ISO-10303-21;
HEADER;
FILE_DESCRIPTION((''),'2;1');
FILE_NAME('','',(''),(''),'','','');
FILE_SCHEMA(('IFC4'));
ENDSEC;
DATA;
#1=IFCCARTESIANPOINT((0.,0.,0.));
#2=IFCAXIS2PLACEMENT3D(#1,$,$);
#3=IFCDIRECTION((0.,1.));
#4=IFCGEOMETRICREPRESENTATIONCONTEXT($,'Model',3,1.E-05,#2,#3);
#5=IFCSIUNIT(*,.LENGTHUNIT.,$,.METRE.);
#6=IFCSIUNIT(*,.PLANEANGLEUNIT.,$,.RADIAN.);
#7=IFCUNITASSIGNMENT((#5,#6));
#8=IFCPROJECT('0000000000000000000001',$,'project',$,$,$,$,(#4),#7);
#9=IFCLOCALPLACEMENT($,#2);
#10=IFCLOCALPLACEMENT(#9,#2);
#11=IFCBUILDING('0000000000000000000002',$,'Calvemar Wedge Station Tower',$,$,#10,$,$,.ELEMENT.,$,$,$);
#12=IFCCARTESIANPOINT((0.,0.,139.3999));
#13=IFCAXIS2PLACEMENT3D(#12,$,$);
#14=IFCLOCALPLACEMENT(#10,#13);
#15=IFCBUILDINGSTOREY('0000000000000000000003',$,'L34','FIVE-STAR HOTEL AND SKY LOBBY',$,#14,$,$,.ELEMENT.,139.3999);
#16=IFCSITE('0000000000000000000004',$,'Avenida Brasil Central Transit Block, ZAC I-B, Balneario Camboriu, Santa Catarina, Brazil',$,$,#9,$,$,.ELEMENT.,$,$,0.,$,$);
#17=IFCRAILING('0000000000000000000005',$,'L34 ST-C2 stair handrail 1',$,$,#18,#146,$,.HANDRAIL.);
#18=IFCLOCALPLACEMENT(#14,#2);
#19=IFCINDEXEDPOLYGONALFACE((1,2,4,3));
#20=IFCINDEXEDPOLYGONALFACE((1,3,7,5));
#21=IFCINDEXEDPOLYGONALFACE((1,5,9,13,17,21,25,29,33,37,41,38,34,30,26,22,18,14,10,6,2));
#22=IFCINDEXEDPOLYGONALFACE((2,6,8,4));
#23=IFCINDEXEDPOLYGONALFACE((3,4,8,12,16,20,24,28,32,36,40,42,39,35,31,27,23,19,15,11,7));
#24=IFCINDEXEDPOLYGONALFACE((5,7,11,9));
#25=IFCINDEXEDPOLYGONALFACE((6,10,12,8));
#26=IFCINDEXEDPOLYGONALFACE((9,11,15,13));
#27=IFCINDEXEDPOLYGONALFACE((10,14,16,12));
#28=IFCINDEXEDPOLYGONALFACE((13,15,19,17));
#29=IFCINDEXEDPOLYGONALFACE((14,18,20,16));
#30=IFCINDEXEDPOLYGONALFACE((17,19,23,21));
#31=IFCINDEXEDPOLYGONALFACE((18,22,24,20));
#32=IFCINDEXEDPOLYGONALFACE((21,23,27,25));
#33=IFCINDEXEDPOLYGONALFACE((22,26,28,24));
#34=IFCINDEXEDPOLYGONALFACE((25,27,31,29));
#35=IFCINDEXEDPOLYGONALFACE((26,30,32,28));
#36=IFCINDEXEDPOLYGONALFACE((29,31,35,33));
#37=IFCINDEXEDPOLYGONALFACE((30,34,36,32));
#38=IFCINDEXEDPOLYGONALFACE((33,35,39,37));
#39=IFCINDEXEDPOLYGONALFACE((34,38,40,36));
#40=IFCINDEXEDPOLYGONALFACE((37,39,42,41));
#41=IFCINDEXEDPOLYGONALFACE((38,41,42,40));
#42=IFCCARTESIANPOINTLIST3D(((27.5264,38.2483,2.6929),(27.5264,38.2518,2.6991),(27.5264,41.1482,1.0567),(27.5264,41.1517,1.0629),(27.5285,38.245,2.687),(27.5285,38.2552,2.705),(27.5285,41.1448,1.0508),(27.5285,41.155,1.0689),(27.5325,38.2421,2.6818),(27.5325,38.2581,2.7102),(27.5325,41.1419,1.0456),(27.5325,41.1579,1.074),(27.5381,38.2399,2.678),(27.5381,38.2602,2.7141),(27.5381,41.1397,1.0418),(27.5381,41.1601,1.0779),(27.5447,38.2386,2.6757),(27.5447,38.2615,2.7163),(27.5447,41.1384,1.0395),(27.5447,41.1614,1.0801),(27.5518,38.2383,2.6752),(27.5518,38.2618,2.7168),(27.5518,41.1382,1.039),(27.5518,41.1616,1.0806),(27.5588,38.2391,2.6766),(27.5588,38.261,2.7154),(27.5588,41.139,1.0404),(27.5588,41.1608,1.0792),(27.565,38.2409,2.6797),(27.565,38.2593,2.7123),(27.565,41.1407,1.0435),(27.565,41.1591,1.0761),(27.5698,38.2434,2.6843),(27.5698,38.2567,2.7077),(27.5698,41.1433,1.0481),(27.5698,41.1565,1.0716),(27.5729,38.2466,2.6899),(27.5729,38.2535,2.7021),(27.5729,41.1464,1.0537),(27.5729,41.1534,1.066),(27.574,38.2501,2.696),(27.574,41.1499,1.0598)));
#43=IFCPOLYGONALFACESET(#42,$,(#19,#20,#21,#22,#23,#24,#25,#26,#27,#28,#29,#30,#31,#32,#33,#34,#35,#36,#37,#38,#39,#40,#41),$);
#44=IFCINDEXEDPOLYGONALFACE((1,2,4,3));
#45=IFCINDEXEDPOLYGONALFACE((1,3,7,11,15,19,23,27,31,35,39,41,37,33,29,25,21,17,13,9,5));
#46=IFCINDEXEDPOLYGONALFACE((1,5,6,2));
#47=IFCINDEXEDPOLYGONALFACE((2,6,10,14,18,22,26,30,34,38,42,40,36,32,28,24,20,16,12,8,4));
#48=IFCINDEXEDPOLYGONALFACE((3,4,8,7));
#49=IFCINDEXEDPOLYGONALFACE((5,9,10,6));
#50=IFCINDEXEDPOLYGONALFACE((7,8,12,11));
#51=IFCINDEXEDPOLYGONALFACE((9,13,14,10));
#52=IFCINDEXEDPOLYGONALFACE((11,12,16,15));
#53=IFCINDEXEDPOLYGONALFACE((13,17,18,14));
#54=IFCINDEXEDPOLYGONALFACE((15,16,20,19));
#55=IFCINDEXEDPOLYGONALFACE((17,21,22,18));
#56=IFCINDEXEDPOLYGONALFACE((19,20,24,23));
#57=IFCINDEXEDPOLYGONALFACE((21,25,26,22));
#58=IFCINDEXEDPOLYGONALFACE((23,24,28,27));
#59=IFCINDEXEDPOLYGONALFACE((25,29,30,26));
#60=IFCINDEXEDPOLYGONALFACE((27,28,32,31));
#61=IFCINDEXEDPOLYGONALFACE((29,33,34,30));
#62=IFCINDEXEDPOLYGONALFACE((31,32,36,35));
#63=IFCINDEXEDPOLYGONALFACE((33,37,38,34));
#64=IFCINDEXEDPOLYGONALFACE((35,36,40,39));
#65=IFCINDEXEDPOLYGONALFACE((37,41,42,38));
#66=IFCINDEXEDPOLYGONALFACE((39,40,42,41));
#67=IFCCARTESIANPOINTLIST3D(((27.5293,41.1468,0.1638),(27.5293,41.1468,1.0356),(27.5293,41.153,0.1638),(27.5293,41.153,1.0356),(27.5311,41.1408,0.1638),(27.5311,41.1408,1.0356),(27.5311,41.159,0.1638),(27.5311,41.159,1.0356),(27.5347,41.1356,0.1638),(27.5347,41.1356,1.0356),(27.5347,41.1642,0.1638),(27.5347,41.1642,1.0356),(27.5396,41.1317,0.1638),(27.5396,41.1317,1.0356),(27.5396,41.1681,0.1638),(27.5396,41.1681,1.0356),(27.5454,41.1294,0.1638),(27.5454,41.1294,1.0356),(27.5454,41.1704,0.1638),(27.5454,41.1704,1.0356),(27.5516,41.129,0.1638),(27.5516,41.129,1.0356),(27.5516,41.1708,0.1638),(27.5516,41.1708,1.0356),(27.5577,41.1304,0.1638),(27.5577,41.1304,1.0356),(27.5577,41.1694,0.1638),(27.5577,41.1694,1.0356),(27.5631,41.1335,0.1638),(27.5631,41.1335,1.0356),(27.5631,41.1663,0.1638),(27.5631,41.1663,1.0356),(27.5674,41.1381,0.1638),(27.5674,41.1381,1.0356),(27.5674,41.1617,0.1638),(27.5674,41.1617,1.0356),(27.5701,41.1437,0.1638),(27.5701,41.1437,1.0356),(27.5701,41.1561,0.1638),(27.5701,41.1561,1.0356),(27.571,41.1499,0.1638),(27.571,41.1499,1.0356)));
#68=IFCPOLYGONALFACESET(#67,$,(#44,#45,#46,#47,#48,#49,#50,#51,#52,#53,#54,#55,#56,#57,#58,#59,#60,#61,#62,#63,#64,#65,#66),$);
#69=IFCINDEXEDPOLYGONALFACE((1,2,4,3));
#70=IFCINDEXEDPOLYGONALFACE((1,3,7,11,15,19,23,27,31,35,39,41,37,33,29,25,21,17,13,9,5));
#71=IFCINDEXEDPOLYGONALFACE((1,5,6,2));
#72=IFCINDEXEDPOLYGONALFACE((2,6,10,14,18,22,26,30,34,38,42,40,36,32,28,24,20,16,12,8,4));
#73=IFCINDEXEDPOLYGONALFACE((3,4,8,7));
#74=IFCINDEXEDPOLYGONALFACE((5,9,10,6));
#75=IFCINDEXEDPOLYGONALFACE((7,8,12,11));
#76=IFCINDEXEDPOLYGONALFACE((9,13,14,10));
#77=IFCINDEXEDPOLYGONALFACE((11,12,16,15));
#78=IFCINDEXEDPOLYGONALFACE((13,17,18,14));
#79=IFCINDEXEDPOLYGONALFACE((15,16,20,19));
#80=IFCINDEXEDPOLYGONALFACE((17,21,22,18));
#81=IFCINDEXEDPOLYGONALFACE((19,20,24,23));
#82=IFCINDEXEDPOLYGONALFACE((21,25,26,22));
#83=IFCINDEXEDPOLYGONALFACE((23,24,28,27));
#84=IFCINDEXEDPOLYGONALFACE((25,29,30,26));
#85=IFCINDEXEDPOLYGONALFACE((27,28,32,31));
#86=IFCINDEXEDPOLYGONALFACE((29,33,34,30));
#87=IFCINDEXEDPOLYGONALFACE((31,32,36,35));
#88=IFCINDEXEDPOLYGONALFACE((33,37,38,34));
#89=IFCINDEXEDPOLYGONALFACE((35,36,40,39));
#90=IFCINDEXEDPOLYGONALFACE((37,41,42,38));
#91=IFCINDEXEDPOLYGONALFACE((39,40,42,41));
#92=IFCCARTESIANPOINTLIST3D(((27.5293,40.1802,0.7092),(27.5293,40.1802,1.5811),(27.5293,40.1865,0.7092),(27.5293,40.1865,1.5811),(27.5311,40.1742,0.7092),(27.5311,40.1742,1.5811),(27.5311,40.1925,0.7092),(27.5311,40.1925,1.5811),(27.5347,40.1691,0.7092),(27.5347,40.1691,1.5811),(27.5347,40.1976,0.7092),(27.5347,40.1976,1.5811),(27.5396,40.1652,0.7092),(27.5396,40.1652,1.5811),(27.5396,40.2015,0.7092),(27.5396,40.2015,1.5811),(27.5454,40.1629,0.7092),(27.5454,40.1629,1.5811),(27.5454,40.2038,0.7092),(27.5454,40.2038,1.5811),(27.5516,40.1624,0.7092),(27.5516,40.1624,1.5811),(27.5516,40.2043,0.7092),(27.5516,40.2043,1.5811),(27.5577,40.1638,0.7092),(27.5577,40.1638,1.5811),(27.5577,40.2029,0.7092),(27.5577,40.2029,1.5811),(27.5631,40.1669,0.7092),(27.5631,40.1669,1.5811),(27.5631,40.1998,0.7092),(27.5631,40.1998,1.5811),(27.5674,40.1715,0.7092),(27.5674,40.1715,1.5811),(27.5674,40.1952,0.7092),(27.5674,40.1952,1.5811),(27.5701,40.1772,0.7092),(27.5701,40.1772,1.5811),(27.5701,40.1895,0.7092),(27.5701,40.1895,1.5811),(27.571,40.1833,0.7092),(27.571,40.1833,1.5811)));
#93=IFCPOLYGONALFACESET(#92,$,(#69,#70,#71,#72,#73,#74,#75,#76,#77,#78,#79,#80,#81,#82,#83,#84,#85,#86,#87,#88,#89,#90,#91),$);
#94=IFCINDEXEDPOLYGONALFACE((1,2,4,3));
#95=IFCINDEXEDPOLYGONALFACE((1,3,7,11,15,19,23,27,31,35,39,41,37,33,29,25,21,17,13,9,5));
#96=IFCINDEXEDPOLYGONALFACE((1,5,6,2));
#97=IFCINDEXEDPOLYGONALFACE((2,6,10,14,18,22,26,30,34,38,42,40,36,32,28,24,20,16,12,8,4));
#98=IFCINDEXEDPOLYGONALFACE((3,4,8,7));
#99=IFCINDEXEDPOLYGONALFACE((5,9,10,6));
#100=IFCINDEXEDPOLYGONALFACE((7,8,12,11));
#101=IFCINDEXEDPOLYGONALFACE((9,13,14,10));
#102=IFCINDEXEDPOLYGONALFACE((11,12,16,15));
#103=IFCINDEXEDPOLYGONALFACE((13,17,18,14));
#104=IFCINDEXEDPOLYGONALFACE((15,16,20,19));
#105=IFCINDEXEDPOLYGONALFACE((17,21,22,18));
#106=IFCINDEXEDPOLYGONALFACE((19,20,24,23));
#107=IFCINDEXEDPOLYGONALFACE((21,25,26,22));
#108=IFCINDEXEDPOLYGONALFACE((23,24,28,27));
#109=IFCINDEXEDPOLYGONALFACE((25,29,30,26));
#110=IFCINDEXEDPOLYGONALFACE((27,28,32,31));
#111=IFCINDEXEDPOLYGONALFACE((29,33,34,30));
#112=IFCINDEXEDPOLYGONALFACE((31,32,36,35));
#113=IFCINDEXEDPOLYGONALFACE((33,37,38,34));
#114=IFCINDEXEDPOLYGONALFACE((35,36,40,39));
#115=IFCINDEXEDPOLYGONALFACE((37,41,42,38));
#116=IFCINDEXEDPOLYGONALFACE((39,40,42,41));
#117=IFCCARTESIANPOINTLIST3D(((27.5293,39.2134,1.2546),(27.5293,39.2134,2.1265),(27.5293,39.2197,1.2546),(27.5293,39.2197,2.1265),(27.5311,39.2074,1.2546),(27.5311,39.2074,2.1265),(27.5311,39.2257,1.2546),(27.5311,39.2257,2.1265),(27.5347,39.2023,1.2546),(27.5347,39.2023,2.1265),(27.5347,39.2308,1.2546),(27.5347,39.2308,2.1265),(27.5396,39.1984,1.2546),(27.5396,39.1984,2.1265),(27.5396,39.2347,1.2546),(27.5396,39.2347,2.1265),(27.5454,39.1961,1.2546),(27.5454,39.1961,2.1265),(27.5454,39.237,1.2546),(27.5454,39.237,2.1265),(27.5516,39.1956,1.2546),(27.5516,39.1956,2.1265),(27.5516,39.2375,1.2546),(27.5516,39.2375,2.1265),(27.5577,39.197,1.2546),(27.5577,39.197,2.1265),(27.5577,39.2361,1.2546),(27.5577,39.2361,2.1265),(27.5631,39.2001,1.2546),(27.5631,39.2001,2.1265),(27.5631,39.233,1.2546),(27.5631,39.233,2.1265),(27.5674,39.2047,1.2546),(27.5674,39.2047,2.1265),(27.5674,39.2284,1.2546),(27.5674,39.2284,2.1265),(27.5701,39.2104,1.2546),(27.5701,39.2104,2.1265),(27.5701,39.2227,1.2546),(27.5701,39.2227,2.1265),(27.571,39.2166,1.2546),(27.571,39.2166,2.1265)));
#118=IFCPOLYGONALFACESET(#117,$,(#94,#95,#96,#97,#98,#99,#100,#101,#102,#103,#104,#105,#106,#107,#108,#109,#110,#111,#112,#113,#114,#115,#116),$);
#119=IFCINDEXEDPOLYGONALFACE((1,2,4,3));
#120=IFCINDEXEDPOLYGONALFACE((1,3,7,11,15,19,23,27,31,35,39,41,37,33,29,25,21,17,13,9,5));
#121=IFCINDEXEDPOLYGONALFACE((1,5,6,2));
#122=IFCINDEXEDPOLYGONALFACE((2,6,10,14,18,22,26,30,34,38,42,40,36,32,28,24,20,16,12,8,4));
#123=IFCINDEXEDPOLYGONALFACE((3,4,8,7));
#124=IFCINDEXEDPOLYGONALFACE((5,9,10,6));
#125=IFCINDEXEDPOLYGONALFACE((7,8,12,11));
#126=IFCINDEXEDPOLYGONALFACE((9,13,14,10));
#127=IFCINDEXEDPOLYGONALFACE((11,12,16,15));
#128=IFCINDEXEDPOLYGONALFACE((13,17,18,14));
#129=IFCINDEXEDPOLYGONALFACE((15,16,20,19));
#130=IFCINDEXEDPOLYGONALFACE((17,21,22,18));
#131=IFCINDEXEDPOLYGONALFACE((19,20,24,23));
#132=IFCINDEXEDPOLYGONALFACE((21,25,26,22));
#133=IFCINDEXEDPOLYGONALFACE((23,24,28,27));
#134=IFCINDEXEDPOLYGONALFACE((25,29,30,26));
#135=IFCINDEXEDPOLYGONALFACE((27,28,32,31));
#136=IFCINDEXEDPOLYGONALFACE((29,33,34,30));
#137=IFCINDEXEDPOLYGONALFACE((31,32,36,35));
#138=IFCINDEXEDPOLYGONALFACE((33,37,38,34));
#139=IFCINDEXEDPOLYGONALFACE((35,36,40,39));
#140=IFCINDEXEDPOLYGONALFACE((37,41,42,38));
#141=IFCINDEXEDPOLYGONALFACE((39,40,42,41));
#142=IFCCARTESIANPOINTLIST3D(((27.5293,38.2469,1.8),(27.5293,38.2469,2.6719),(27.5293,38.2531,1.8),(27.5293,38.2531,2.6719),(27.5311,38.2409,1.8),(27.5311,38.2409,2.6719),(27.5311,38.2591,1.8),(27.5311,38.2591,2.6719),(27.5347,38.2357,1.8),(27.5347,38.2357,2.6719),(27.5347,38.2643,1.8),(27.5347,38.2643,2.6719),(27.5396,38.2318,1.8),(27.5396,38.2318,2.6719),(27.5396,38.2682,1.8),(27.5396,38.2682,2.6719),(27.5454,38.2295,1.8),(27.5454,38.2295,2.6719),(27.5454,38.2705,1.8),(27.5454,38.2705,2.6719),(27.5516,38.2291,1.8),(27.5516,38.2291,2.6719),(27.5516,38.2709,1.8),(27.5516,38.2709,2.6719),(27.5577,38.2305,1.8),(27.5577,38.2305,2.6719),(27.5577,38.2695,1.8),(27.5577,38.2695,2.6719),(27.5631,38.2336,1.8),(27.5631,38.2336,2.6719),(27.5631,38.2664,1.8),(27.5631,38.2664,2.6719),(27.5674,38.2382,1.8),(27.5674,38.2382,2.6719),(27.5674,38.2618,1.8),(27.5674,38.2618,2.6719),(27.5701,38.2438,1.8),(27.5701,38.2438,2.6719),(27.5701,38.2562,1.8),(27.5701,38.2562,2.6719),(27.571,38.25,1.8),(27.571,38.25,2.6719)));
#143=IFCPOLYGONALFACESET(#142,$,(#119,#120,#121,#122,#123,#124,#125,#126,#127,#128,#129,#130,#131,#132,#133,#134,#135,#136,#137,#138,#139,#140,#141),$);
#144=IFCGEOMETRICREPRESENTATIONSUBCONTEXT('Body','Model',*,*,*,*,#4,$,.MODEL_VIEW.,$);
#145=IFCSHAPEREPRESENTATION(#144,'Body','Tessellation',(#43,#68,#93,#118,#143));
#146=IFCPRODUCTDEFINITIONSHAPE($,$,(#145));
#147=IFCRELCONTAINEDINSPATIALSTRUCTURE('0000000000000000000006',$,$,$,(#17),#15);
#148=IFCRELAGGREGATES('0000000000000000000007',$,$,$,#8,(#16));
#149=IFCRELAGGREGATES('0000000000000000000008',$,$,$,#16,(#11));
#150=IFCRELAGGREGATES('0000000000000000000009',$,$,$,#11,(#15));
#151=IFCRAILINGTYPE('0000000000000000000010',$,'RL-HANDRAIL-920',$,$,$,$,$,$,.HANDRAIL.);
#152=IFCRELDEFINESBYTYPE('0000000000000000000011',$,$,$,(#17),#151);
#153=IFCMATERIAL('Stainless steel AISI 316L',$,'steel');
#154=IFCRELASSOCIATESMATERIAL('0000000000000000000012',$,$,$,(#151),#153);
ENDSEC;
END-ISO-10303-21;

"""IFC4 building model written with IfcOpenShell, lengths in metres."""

from ifc_helpers import new_model, si_unit, direction, frame, origin, origin_2d, place, context, subcontext, project, spatial, circle, extrude, material, type_object, element, save


model = new_model("IFC4")

# Units and contexts
model_context = context("Model", 3, precision=1e-05, world=origin(), true_north=direction((0.0, 1.0)))
body_context = subcontext(model_context, "Body", "Model", "MODEL_VIEW")
ifc_project = project(units=[si_unit("LENGTHUNIT", "METRE"), si_unit("PLANEANGLEUNIT", "RADIAN")], contexts=[model_context])

# Site, building, storey
site_placement = place(None, origin())
site = spatial("IfcSite", under=ifc_project, at=site_placement, Name="Avenida Brasil Central Transit Block, ZAC I-B, Balneario Camboriu, Santa Catarina, Brazil", CompositionType="ELEMENT", RefElevation=0.0)
building_placement = place(site_placement, origin())
building = spatial("IfcBuilding", under=site, at=building_placement, Name="Calvemar Wedge Station Tower", CompositionType="ELEMENT")
storey_placement = place(building_placement, frame((0.0, 0.0, 139.3999)))
storey = spatial("IfcBuildingStorey", under=building, at=storey_placement, Name="L34", Description="FIVE-STAR HOTEL AND SKY LOBBY", CompositionType="ELEMENT", Elevation=139.3999)

# Railing
ifc_material_1 = material(Name="Stainless steel AISI 316L", Category="steel")
railing_type = type_object("IfcRailingType", Name="RL-HANDRAIL-920", PredefinedType="HANDRAIL", material=ifc_material_1)
railing_placement = place(storey_placement, frame((27.55, 41.1499, 0.1638)))
element("IfcRailing", 1, at=railing_placement, inside=storey, type_object=railing_type, Name="L34 ST-C2 stair handrail 1", PredefinedType="HANDRAIL", context=body_context, shape_type="SweptSolid", body=[
    extrude(circle(Radius=0.0239, at=origin_2d()), frame((0.0, 0.0, 0.896), z_axis=(0.0, -0.870929, 0.49141), x_axis=(1.0, 0.0, 0.0)), (0.0, 0.0, 1.0), 3.3296),
    extrude(circle(Radius=0.021, at=origin_2d()), origin(), (0.0, 0.0, 1.0), 0.8718),
    extrude(circle(Radius=0.021, at=origin_2d()), frame((0.0, -0.9666, 0.5454)), (0.0, 0.0, 1.0), 0.8718),
    extrude(circle(Radius=0.021, at=origin_2d()), frame((0.0, -1.9333, 1.0908)), (0.0, 0.0, 1.0), 0.8718),
    extrude(circle(Radius=0.021, at=origin_2d()), frame((0.0, -2.8999, 1.6362)), (0.0, 0.0, 1.0), 0.8718),
])

save(model, "model.ifc")
